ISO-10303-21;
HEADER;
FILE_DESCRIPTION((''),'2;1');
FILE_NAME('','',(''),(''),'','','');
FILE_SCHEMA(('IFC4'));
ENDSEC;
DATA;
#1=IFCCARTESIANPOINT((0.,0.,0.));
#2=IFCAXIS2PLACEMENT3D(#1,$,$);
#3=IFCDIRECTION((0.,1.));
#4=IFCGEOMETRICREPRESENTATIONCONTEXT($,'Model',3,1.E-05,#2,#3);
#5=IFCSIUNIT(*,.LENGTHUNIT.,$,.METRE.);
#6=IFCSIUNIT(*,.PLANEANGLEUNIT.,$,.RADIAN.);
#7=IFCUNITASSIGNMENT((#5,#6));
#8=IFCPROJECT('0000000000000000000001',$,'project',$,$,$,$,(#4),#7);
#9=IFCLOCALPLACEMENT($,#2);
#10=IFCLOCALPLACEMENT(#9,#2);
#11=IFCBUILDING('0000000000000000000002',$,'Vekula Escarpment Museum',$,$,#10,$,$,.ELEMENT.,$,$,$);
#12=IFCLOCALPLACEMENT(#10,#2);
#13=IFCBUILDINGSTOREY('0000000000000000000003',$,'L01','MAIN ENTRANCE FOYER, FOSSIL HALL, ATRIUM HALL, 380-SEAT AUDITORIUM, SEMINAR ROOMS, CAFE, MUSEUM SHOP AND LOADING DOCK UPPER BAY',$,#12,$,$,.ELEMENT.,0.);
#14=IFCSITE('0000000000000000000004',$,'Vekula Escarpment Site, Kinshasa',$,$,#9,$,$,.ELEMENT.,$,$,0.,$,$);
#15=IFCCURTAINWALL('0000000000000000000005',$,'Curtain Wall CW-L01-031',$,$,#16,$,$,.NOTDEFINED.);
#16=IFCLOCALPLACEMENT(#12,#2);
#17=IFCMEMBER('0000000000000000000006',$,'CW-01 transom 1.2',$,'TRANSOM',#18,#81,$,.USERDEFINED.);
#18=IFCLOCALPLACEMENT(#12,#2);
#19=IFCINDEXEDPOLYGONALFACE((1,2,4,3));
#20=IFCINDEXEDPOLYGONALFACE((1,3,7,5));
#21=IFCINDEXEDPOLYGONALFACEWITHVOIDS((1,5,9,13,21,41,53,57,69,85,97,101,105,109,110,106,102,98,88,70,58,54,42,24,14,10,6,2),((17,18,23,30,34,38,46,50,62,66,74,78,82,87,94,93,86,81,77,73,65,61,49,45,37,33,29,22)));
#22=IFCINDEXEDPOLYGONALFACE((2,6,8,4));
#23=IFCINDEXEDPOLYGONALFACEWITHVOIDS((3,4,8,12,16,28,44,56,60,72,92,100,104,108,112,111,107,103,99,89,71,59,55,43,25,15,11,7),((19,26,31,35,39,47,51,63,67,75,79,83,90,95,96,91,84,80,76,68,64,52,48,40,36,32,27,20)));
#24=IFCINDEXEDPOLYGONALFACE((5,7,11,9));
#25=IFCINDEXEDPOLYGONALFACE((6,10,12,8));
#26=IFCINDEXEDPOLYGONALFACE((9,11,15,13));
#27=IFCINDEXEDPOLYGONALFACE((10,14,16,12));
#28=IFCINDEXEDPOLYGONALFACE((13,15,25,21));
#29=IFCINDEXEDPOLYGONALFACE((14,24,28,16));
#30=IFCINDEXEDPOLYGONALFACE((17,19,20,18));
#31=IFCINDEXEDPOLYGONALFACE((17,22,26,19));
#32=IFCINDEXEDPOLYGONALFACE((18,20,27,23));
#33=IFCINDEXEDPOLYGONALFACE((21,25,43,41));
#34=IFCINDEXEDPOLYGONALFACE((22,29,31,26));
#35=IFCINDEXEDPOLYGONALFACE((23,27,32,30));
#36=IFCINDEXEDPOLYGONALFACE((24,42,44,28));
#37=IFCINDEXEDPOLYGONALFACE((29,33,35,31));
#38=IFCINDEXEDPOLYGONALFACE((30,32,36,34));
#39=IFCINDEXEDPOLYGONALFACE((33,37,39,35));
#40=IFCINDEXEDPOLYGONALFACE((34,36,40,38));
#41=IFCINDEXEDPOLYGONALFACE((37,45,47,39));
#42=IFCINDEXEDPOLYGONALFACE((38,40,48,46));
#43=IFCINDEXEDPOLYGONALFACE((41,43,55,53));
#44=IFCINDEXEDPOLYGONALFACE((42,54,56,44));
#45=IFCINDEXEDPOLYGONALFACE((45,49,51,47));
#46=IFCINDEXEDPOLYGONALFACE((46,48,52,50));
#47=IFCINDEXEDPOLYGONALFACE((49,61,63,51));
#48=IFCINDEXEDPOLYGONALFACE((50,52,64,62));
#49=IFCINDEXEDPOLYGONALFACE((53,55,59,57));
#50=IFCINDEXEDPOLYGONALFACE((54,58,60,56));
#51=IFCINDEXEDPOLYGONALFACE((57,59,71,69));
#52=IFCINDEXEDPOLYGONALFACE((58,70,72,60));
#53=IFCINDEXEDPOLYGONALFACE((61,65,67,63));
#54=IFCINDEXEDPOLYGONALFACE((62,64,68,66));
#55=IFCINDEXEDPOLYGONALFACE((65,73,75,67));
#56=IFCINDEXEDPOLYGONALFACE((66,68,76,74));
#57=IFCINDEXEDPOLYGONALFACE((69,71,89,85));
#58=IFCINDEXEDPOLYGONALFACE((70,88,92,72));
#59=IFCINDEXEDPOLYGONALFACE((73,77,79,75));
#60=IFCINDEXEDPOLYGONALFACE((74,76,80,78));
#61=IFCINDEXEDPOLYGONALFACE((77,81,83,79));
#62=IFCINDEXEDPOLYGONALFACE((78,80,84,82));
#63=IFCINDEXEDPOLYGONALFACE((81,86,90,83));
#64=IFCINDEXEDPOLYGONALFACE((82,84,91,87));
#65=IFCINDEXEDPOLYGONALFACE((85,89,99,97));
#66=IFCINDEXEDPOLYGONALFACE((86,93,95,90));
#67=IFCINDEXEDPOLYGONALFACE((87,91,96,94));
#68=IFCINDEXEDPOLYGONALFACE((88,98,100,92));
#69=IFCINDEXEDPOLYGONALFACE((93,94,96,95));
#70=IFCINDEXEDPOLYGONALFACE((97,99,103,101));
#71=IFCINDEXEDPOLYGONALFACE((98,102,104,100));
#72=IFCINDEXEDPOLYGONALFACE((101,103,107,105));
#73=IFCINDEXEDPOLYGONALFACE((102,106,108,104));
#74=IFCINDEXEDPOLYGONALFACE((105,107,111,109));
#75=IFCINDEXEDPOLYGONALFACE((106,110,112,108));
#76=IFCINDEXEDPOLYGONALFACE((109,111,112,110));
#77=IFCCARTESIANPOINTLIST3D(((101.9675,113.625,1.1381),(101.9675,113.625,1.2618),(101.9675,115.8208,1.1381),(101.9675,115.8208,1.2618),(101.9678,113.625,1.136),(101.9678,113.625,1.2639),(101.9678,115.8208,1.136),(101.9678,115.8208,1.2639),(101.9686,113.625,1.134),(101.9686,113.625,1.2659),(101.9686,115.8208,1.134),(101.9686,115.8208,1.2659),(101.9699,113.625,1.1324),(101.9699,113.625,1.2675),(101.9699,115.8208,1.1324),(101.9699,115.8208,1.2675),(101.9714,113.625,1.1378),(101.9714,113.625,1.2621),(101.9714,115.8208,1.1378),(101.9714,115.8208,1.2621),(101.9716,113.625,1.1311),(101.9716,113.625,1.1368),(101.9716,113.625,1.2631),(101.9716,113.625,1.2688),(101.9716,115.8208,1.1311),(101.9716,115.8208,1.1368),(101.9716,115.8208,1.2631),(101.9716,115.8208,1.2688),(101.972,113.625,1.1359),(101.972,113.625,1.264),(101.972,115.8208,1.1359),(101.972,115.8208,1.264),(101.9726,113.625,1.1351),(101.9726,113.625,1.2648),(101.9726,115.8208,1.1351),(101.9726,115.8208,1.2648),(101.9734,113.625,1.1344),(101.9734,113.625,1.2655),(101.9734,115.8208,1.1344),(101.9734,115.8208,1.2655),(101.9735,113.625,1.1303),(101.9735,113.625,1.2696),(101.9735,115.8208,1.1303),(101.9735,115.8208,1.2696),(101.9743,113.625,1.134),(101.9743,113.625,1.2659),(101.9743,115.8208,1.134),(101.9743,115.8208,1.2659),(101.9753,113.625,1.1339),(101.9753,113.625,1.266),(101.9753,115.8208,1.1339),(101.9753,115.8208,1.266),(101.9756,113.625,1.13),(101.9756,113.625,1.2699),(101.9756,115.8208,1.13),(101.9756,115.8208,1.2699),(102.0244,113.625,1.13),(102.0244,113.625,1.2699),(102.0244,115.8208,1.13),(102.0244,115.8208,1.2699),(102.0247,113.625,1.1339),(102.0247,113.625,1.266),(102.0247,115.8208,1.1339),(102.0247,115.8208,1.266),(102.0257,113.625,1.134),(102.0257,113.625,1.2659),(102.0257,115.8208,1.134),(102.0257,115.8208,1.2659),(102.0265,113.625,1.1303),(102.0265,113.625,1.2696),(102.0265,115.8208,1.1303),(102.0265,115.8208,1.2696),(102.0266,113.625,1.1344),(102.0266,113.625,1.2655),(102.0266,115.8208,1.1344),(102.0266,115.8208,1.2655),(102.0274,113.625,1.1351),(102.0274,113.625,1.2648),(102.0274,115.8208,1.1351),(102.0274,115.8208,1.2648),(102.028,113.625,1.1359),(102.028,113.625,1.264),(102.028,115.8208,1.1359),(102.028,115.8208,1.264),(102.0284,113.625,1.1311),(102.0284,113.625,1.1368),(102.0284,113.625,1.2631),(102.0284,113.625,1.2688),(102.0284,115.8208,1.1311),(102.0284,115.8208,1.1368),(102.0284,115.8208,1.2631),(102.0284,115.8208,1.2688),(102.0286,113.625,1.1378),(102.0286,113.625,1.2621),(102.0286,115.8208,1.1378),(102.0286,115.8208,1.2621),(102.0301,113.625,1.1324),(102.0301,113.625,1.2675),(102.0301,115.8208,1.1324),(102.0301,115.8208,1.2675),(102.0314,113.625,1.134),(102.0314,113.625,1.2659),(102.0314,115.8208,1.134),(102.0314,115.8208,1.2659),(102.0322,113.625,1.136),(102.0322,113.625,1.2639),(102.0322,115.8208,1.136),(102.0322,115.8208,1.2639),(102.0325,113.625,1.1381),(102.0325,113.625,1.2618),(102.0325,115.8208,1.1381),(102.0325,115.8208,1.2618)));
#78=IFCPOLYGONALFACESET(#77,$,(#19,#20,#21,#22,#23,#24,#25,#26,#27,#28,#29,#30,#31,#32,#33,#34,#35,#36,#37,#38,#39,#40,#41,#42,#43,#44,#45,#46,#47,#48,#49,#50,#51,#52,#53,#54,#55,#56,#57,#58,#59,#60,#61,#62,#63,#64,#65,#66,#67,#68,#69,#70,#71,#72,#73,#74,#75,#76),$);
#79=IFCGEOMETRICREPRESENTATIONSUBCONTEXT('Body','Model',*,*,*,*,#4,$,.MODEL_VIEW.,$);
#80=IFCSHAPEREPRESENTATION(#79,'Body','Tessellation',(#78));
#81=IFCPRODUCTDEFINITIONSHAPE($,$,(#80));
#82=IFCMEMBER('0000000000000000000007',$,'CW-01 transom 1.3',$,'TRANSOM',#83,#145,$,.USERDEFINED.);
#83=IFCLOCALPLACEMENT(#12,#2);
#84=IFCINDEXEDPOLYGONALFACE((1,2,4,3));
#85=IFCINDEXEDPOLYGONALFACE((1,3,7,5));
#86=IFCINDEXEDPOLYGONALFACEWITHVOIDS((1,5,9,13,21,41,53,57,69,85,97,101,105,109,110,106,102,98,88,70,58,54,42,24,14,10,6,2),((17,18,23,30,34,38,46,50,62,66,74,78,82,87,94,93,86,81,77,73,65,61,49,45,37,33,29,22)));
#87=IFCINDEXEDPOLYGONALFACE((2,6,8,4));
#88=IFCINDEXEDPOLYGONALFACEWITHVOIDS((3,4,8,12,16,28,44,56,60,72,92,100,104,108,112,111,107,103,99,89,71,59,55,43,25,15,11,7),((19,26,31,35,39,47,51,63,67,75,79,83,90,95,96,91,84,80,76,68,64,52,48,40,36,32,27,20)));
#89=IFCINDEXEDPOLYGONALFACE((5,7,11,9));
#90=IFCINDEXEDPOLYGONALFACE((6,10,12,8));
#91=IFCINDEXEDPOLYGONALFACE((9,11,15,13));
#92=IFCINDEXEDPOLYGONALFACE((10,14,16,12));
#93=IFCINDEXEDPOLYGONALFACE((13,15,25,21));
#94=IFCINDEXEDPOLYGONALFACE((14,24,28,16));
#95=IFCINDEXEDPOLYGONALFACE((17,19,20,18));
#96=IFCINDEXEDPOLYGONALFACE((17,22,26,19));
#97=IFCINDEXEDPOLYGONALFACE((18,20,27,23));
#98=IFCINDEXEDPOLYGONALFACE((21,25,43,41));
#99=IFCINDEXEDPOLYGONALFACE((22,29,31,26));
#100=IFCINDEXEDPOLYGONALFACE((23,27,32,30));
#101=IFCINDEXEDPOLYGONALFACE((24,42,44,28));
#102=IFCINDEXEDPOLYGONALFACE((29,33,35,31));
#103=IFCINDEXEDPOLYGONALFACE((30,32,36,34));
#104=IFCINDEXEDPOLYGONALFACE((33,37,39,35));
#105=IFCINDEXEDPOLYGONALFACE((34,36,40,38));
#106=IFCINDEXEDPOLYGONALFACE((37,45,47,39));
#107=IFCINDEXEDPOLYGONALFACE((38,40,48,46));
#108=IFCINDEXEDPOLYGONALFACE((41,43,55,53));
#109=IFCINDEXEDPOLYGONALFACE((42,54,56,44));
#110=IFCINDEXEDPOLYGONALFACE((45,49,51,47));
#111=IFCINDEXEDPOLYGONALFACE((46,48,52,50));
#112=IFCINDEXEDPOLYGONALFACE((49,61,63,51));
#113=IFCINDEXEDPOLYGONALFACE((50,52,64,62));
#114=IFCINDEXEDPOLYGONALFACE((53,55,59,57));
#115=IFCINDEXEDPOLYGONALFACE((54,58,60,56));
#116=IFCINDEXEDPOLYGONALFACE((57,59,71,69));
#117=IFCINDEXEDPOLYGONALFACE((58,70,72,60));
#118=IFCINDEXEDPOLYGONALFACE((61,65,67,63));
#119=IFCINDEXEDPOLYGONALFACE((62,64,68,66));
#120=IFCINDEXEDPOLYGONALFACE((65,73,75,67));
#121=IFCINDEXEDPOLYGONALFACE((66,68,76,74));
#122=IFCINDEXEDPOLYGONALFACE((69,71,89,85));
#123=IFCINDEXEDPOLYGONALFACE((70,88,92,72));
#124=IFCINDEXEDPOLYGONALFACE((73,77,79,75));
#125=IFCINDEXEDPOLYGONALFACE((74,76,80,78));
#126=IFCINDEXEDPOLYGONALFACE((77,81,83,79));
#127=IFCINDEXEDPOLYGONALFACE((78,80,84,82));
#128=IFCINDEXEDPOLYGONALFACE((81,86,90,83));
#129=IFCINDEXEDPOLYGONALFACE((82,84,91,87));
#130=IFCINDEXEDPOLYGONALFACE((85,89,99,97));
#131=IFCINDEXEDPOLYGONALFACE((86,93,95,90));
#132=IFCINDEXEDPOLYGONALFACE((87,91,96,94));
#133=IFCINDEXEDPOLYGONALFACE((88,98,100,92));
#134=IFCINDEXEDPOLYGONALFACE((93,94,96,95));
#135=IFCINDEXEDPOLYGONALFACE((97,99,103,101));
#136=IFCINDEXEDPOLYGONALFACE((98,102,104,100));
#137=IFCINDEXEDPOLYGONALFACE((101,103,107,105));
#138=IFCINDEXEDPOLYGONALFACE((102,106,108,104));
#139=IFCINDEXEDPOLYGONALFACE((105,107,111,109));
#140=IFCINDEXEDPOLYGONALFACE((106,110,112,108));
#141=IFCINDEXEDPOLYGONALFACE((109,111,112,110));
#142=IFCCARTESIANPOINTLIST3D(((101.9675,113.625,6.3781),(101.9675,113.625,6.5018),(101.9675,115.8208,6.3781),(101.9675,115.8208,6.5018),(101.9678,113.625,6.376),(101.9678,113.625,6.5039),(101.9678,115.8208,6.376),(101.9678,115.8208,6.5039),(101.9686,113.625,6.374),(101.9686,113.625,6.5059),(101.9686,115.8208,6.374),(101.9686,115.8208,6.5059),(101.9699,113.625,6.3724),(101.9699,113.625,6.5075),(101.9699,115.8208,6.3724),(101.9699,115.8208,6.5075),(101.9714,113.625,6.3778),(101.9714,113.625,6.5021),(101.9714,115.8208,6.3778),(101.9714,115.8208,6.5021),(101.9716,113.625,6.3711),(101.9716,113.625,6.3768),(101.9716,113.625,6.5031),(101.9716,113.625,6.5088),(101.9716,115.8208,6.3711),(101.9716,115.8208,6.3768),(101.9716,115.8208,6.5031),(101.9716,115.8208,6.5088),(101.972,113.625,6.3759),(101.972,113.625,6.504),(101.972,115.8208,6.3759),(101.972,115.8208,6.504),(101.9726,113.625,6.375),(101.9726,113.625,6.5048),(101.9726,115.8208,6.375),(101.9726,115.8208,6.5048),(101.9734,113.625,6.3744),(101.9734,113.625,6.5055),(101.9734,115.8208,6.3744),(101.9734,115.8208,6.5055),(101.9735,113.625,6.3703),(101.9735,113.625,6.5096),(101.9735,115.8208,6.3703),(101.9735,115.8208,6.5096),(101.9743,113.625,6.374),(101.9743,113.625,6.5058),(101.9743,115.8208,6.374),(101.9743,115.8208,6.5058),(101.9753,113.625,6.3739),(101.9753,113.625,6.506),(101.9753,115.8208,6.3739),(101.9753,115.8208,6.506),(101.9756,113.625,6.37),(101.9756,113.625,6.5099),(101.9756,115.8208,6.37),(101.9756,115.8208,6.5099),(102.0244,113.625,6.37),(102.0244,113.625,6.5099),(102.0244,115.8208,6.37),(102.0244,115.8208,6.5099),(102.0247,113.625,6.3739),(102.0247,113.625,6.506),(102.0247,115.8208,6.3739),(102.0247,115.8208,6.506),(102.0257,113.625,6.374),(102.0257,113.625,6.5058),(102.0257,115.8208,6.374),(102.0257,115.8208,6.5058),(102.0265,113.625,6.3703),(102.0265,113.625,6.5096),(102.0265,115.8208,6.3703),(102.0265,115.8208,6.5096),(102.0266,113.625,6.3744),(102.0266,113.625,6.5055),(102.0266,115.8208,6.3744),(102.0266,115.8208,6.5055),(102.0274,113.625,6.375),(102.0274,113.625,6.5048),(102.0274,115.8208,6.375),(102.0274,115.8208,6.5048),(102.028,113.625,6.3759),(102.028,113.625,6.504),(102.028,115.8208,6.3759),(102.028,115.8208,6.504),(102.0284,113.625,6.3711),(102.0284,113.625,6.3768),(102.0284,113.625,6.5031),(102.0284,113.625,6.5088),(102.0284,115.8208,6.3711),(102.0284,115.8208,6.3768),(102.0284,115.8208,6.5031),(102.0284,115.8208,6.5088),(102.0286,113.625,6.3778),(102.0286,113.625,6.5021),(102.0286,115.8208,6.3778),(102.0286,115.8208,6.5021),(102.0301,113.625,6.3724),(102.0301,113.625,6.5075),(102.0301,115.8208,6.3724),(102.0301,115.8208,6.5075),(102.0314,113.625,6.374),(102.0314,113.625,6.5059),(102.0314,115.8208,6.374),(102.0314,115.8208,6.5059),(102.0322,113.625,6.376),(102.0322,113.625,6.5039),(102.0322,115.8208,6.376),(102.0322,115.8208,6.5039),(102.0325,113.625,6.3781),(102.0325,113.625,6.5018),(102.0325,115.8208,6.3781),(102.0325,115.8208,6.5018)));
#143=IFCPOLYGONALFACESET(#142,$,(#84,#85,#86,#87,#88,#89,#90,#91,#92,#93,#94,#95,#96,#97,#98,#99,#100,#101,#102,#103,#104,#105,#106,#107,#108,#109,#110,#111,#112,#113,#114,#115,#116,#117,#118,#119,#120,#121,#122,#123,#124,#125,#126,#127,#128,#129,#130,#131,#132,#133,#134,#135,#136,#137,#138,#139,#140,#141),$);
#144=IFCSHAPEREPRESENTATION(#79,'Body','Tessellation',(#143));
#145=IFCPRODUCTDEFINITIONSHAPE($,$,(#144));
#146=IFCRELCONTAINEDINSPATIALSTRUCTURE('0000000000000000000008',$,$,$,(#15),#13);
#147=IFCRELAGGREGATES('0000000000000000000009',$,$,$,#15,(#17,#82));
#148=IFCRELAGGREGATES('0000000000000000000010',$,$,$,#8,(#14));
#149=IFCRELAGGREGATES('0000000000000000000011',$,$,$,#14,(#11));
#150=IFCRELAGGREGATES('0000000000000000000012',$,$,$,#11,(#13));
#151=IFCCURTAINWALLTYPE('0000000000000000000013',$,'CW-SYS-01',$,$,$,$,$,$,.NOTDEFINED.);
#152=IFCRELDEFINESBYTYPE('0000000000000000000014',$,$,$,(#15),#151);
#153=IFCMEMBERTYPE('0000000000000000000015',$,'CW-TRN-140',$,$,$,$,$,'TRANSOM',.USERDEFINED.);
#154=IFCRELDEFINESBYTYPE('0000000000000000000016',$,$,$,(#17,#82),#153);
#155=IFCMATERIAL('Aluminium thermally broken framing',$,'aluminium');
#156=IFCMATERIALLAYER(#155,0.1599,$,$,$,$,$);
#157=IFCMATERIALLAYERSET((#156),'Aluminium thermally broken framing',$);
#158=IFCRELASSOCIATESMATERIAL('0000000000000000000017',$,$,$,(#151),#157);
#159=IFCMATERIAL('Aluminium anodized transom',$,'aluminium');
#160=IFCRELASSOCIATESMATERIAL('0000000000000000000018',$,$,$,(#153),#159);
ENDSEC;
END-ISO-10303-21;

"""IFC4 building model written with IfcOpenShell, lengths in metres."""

from ifc_helpers import new_model, si_unit, direction, frame, origin, origin_2d, place, context, subcontext, project, spatial, hollow_rectangle, extrude, material, layer, layer_set, material_profile, profile_set, type_object, element, aggregate, save


model = new_model("IFC4")

# Units and contexts
model_context = context("Model", 3, precision=1e-05, world=origin(), true_north=direction((0.0, 1.0)))
body_context = subcontext(model_context, "Body", "Model", "MODEL_VIEW")
ifc_project = project(units=[si_unit("LENGTHUNIT", "METRE"), si_unit("PLANEANGLEUNIT", "RADIAN")], contexts=[model_context])

# Site, building, storey
site_placement = place(None, origin())
site = spatial("IfcSite", under=ifc_project, at=site_placement, Name="Vekula Escarpment Site, Kinshasa", CompositionType="ELEMENT", RefElevation=0.0)
building_placement = place(site_placement, origin())
building = spatial("IfcBuilding", under=site, at=building_placement, Name="Vekula Escarpment Museum", CompositionType="ELEMENT")
storey_placement = place(building_placement, origin())
storey = spatial("IfcBuildingStorey", under=building, at=storey_placement, Name="L01", Description="MAIN ENTRANCE FOYER, FOSSIL HALL, ATRIUM HALL, 380-SEAT AUDITORIUM, SEMINAR ROOMS, CAFE, MUSEUM SHOP AND LOADING DOCK UPPER BAY", CompositionType="ELEMENT", Elevation=0.0)

# Curtain wall, members
ifc_material_1 = material(Name="Aluminium thermally broken framing", Category="aluminium")
ifc_layer_1 = layer(ifc_material_1, 0.1599)
ifc_layer_set_1 = layer_set([ifc_layer_1], Name="Aluminium thermally broken framing")
curtain_wall_type = type_object("IfcCurtainWallType", Name="CW-SYS-01", PredefinedType="NOTDEFINED", material=ifc_layer_set_1)
curtain_wall_placement = place(storey_placement, origin())
curtain_wall = element("IfcCurtainWall", 1, at=curtain_wall_placement, inside=storey, type_object=curtain_wall_type, Name="Curtain Wall CW-L01-031", PredefinedType="NOTDEFINED")
ifc_material_2 = material(Name="Aluminium anodized transom", Category="aluminium")
ifc_material_profile_1 = material_profile(ifc_material_2, hollow_rectangle(XDim=0.0649, YDim=0.1399, WallThickness=0.0039, InnerFilletRadius=0.0039, OuterFilletRadius=0.0081, at=origin_2d()), Name="ALU 140x65x4")
ifc_profile_set_1 = profile_set([ifc_material_profile_1], Name="Aluminium anodized transom")
member_type_1 = type_object("IfcMemberType", Name="CW-TRN-140", ElementType="TRANSOM", PredefinedType="USERDEFINED", material=ifc_profile_set_1)
member_1_placement = place(storey_placement, frame((102.0, 113.625, 1.2), z_axis=(0.0, 1.0, 0.0), x_axis=(-1.0, 0.0, 0.0)))
member_1 = element("IfcMember", 2, at=member_1_placement, type_object=member_type_1, Name="CW-01 transom 1.2", ObjectType="TRANSOM", PredefinedType="USERDEFINED", context=body_context, shape_type="SweptSolid", body=[
    extrude(hollow_rectangle(XDim=0.0649, YDim=0.1399, WallThickness=0.0039, InnerFilletRadius=0.0039, OuterFilletRadius=0.0081, at=origin_2d()), origin(), (0.0, 0.0, 1.0), 2.1958),
])
member_2_placement = place(storey_placement, frame((102.0, 113.625, 6.4399), z_axis=(0.0, 1.0, 0.0), x_axis=(-1.0, 0.0, 0.0)))
member_2 = element("IfcMember", 3, at=member_2_placement, type_object=member_type_1, Name="CW-01 transom 1.3", ObjectType="TRANSOM", PredefinedType="USERDEFINED", context=body_context, shape_type="SweptSolid", body=[
    extrude(hollow_rectangle(XDim=0.0649, YDim=0.1399, WallThickness=0.0039, InnerFilletRadius=0.0039, OuterFilletRadius=0.0081, at=origin_2d()), origin(), (0.0, 0.0, 1.0), 2.1958),
])
aggregate(curtain_wall, [member_1, member_2])

save(model, "model.ifc")
